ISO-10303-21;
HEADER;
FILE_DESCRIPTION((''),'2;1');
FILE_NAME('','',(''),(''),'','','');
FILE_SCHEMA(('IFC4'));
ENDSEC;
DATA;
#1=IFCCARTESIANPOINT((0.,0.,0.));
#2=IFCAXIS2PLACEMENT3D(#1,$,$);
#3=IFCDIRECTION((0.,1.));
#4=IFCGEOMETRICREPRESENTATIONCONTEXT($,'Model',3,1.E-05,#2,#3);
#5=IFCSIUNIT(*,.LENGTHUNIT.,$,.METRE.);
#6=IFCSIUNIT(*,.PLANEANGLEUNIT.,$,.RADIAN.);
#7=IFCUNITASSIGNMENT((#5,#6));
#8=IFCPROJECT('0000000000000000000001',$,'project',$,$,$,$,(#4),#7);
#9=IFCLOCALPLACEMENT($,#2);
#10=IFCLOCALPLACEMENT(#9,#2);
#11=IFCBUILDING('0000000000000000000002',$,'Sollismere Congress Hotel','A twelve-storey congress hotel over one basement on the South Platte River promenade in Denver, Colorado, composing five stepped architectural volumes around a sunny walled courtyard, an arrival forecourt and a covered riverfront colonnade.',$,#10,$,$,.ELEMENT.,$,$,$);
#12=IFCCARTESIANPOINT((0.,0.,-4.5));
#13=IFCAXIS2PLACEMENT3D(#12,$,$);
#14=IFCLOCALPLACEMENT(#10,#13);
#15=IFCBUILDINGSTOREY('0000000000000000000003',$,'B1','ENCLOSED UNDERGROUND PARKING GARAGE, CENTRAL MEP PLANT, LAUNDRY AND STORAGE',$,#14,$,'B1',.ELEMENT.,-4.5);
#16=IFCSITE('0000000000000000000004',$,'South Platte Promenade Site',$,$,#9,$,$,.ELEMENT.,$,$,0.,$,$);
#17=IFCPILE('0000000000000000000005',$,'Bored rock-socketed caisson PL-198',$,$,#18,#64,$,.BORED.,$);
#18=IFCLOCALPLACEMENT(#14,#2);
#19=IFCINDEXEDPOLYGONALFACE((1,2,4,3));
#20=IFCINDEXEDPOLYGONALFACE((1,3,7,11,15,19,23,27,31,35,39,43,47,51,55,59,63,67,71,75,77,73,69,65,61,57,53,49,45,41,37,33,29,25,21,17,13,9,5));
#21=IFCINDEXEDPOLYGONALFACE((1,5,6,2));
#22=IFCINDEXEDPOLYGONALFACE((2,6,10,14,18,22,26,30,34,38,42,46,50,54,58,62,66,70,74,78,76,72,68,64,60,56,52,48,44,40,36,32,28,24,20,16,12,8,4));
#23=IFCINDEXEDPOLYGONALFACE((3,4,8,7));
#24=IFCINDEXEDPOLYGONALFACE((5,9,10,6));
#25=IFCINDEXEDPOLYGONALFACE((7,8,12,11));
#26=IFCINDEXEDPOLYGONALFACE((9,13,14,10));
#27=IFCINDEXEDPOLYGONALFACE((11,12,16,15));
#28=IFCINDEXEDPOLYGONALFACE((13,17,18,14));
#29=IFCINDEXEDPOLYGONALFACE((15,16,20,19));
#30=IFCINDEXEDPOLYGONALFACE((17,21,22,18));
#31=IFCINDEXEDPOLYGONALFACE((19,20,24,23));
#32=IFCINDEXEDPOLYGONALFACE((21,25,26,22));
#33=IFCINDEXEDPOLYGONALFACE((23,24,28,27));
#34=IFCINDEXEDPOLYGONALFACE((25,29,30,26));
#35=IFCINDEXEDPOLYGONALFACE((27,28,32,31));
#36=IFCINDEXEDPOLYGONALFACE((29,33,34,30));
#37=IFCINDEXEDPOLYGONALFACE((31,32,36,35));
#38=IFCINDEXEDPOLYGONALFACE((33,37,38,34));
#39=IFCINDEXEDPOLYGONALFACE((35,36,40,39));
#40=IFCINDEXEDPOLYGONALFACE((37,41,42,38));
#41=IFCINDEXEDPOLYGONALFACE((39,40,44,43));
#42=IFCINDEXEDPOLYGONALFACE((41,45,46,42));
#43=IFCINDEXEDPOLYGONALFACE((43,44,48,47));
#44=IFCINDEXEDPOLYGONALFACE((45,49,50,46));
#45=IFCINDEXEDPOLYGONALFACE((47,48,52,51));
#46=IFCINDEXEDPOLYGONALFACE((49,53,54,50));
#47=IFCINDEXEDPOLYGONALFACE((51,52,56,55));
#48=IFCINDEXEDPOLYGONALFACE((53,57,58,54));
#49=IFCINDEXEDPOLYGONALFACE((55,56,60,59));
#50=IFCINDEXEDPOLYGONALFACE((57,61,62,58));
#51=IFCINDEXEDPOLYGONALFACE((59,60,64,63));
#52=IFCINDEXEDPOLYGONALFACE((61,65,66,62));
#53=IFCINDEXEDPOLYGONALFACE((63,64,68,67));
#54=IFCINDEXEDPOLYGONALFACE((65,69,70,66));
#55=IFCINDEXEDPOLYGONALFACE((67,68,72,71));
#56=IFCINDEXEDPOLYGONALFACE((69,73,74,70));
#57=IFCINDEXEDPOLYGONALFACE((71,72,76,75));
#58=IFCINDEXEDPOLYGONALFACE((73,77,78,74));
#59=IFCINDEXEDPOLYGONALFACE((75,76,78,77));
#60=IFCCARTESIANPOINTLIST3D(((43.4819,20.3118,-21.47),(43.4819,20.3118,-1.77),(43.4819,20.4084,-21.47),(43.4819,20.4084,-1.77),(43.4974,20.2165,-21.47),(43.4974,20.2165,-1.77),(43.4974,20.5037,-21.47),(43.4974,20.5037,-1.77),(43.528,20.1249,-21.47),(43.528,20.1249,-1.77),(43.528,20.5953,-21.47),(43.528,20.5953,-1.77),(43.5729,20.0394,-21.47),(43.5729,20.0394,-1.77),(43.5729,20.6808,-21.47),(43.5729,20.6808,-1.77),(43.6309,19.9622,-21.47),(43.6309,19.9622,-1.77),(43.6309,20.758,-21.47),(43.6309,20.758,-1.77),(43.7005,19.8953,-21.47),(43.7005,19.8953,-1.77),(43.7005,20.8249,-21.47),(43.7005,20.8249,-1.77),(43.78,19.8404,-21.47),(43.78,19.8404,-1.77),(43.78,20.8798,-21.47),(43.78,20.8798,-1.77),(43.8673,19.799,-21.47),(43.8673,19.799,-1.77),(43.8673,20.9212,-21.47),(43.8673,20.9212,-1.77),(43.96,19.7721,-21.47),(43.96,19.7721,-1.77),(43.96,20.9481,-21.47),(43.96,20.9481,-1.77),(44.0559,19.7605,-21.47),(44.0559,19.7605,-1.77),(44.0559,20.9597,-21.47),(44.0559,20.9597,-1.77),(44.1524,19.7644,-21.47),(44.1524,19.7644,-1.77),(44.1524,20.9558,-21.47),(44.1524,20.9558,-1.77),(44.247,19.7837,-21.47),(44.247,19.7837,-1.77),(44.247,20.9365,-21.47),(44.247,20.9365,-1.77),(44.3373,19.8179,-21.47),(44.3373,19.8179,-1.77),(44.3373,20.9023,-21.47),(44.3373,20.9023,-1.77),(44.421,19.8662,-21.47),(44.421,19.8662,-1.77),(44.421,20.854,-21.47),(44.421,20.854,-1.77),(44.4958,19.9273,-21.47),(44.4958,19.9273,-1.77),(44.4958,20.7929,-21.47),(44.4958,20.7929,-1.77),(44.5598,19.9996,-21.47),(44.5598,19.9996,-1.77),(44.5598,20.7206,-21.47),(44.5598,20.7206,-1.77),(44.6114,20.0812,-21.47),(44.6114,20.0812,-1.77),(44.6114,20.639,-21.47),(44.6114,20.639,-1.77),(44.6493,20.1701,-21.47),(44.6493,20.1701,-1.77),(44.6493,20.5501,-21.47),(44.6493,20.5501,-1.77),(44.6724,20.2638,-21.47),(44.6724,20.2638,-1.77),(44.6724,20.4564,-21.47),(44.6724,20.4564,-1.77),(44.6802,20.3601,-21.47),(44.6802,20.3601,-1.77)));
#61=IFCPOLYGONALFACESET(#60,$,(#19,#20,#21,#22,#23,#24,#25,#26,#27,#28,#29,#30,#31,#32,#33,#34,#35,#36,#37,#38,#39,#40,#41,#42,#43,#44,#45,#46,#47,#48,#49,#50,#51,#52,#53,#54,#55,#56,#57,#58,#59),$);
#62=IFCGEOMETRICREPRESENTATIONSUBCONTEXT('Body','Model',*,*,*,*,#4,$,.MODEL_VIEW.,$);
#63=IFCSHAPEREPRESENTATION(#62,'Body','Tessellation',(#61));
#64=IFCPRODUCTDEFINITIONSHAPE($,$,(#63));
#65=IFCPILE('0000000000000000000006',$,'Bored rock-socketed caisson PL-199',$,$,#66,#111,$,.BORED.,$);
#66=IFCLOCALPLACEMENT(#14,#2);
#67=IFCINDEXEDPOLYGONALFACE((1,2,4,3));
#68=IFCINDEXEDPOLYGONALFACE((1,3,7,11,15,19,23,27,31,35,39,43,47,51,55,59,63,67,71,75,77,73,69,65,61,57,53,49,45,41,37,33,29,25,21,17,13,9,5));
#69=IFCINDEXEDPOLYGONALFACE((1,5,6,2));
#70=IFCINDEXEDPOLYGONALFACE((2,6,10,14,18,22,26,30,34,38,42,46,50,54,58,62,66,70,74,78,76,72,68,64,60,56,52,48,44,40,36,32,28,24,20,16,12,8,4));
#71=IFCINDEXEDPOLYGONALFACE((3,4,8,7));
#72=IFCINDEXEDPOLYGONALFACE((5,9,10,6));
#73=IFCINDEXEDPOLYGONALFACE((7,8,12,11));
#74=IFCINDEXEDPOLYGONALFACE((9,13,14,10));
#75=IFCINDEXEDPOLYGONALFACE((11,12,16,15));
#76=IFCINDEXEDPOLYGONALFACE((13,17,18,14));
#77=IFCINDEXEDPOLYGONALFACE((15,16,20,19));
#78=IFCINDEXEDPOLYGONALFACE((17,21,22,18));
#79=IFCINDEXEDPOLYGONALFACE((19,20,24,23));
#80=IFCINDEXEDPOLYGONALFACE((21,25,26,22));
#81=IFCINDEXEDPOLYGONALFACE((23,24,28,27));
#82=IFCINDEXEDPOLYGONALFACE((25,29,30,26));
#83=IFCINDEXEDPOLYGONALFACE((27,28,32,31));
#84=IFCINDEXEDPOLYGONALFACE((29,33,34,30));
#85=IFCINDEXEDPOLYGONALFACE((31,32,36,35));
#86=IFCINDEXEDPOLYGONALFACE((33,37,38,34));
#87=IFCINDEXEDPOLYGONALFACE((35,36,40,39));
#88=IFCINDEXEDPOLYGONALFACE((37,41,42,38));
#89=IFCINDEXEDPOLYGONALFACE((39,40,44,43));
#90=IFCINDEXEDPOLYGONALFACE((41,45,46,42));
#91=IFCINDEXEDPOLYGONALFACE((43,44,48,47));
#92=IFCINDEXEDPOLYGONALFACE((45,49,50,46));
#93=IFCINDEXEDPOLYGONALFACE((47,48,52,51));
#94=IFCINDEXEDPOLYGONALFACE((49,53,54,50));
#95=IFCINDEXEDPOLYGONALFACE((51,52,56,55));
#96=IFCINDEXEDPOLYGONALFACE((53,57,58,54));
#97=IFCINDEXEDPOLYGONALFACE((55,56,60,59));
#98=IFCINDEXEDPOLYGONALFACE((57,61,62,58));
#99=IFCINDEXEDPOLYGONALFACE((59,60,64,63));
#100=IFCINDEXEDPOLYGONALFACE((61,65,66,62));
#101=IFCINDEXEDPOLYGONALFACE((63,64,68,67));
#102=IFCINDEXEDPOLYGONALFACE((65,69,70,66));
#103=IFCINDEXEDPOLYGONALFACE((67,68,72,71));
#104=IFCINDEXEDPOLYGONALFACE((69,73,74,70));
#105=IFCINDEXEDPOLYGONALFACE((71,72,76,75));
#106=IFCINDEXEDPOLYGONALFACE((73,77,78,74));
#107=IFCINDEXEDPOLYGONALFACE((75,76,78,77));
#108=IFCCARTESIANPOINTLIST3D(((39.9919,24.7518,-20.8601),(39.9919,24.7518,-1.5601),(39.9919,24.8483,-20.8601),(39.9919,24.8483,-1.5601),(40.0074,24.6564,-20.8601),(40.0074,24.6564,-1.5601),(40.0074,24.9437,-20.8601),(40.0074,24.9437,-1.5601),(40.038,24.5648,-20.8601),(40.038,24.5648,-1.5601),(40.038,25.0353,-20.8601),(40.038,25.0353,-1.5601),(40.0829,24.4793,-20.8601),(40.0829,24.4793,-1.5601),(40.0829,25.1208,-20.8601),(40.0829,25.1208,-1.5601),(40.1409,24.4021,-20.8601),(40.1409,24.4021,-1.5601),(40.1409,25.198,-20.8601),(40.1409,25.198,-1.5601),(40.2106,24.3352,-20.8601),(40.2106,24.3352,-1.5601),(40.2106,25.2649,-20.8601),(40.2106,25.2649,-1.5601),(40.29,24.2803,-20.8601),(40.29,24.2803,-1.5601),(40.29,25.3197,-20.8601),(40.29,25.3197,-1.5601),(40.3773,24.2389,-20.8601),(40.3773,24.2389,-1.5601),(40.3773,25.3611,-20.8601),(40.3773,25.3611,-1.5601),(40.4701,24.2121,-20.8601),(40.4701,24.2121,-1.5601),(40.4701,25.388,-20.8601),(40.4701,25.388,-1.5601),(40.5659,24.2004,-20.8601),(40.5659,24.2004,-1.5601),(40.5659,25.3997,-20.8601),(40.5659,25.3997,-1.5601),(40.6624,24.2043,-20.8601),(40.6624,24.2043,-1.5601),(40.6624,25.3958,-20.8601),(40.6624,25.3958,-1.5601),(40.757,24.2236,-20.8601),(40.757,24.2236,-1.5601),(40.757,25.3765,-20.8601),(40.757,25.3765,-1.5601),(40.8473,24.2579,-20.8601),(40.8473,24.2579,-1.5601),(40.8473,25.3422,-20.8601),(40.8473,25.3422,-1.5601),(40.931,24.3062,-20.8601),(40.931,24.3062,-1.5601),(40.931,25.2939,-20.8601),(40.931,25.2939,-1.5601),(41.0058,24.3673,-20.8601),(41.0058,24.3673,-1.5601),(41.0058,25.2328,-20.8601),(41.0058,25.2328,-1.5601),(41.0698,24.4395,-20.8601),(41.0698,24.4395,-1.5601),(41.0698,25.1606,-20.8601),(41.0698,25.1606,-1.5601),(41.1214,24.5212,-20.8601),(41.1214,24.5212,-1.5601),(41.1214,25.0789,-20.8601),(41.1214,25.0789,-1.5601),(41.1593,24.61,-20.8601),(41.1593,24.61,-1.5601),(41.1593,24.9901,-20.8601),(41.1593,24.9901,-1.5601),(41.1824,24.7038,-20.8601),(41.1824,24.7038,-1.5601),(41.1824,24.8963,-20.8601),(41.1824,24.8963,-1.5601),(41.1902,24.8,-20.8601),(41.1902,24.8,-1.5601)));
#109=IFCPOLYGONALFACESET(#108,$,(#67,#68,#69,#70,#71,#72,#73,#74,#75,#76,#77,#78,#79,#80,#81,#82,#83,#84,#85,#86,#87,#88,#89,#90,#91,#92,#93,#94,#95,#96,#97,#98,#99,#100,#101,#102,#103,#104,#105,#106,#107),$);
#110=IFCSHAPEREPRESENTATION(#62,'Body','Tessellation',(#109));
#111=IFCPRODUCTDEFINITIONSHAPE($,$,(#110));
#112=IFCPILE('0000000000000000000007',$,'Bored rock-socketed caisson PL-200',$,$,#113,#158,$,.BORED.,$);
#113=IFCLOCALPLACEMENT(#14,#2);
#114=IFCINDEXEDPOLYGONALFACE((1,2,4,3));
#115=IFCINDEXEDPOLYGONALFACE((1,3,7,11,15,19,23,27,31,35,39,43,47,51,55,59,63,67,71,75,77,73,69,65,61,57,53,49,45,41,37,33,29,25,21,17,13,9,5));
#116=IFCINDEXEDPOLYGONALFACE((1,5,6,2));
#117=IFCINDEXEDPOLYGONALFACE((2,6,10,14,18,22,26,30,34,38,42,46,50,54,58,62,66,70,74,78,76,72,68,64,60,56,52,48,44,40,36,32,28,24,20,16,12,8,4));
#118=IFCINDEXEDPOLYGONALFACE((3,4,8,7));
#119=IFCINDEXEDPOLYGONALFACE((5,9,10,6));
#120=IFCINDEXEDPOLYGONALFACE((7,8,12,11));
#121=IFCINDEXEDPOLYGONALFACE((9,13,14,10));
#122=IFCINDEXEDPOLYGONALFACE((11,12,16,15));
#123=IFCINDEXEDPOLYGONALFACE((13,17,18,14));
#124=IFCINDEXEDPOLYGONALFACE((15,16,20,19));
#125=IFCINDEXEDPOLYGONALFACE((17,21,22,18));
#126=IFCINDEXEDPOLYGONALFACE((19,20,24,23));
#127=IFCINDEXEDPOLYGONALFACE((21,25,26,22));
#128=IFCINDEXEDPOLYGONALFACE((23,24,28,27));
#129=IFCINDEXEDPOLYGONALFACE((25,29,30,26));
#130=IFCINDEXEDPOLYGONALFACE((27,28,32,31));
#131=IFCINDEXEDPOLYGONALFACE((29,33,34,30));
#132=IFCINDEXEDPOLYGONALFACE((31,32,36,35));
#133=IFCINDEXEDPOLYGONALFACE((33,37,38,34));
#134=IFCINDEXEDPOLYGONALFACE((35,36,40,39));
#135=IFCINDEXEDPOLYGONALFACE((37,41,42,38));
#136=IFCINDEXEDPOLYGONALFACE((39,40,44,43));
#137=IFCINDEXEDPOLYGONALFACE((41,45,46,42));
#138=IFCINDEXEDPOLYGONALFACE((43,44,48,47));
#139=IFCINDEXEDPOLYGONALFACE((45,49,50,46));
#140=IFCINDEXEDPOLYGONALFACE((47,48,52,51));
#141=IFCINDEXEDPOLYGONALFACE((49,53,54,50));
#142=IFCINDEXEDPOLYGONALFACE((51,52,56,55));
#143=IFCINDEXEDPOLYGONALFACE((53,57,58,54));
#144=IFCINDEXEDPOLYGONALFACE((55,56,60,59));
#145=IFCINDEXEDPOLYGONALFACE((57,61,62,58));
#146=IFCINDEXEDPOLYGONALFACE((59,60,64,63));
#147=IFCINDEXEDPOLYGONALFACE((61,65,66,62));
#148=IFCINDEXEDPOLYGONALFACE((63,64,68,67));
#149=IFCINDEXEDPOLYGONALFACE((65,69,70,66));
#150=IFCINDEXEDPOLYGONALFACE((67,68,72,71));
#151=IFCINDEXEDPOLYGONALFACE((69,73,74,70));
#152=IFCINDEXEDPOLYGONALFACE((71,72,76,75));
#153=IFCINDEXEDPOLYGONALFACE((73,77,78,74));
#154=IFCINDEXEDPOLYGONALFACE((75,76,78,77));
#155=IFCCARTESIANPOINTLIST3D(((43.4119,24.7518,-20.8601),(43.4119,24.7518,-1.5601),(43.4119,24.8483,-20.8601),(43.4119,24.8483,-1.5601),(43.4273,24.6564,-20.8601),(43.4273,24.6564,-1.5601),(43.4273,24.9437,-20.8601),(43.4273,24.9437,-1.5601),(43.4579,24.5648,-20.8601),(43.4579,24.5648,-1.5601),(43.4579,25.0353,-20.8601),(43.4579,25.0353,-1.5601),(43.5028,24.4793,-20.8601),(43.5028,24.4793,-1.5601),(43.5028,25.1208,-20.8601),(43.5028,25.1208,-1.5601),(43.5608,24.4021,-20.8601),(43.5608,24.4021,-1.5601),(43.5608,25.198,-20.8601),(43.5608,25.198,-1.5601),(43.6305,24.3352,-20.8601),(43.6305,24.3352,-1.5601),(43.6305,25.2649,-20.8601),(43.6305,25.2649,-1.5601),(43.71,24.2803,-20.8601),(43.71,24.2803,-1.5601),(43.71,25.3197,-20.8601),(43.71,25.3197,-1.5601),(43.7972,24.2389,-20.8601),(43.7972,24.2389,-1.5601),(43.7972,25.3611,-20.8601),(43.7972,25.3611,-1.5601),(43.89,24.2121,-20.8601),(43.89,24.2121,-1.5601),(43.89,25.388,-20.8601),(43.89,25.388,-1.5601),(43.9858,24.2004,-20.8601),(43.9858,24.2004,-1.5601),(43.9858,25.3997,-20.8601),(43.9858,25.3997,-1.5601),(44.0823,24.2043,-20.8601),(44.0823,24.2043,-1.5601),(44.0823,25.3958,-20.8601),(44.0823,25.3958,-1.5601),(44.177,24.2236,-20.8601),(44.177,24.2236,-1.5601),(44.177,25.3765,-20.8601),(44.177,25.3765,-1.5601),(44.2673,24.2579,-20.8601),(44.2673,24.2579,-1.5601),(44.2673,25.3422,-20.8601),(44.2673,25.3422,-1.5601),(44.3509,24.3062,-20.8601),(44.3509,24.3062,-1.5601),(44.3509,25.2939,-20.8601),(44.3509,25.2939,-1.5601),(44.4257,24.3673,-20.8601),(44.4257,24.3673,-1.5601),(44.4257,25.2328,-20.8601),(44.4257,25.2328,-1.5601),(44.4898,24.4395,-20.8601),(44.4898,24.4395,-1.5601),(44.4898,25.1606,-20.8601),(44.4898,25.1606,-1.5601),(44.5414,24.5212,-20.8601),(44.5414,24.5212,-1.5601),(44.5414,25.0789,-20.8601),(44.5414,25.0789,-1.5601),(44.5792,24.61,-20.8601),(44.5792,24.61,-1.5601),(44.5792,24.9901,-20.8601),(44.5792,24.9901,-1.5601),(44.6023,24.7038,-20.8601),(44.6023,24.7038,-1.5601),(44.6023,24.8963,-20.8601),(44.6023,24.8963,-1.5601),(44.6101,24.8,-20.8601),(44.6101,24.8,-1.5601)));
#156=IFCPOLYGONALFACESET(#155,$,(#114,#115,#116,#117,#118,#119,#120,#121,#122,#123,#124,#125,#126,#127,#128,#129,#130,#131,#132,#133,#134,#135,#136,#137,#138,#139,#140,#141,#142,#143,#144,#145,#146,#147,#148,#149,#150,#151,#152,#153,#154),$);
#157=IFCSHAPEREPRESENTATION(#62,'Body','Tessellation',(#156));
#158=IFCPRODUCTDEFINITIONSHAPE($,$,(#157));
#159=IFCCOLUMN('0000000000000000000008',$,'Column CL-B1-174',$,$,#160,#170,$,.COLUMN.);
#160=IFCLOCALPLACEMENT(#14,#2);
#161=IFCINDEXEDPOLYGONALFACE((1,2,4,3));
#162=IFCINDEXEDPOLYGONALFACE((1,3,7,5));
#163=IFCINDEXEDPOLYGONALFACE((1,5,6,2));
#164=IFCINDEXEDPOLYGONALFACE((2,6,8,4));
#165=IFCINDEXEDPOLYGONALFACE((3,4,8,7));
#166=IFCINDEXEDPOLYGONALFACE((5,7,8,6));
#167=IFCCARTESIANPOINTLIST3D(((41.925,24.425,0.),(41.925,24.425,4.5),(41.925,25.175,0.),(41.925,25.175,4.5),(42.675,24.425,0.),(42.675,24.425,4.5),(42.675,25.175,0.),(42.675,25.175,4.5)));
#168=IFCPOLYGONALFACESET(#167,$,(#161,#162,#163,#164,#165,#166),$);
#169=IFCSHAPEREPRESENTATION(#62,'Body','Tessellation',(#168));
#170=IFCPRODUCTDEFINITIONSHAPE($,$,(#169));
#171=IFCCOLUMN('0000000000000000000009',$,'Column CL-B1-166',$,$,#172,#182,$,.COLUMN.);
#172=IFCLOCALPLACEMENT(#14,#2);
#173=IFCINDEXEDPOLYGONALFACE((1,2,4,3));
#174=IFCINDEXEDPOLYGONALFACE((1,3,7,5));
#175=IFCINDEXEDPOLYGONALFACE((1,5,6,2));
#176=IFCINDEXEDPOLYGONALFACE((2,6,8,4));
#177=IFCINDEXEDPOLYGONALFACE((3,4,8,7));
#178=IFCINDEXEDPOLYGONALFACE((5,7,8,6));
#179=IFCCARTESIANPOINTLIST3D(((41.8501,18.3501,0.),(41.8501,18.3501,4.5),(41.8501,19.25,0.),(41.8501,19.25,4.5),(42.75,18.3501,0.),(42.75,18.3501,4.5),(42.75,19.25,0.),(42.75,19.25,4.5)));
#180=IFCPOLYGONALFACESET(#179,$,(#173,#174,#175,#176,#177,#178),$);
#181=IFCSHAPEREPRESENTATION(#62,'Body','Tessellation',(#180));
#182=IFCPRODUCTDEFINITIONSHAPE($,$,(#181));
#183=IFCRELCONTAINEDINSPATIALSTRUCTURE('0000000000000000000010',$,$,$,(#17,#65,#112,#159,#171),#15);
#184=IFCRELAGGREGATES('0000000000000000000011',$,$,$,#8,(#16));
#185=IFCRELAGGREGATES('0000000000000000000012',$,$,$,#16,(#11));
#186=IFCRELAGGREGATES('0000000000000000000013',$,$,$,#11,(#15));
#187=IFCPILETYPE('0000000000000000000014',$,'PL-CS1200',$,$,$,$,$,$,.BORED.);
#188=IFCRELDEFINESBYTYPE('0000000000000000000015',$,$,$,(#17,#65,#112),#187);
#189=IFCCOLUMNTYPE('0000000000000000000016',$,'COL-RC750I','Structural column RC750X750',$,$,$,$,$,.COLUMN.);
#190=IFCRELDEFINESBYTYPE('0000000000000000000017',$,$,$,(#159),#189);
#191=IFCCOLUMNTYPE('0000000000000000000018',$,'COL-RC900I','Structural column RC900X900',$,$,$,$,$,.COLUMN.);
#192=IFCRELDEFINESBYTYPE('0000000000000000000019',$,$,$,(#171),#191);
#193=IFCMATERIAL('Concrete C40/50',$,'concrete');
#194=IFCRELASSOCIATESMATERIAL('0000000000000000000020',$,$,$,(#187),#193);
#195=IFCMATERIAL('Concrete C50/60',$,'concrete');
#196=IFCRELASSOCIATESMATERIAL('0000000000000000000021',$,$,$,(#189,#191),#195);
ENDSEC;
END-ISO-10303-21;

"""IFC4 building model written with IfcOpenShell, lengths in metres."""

from ifc_helpers import new_model, si_unit, direction, frame, origin, origin_2d, place, context, subcontext, project, spatial, rectangle, circle, extrude, material, material_profile, profile_set, type_object, element, save


model = new_model("IFC4")

# Units and contexts
model_context = context("Model", 3, precision=1e-05, world=origin(), true_north=direction((0.0, 1.0)))
body_context = subcontext(model_context, "Body", "Model", "MODEL_VIEW")
ifc_project = project(units=[si_unit("LENGTHUNIT", "METRE"), si_unit("PLANEANGLEUNIT", "RADIAN")], contexts=[model_context])

# Site, building, storey
site_placement = place(None, origin())
site = spatial("IfcSite", under=ifc_project, at=site_placement, Name="South Platte Promenade Site", CompositionType="ELEMENT", RefElevation=0.0)
building_placement = place(site_placement, origin())
building = spatial("IfcBuilding", under=site, at=building_placement, Name="Sollismere Congress Hotel", Description="A twelve-storey congress hotel over one basement on the South Platte River promenade in Denver, Colorado, composing five stepped architectural volumes around a sunny walled courtyard, an arrival forecourt and a covered riverfront colonnade.", CompositionType="ELEMENT")
storey_placement = place(building_placement, frame((0.0, 0.0, -4.5)))
storey = spatial("IfcBuildingStorey", under=building, at=storey_placement, Name="B1", Description="ENCLOSED UNDERGROUND PARKING GARAGE, CENTRAL MEP PLANT, LAUNDRY AND STORAGE", LongName="B1", CompositionType="ELEMENT", Elevation=-4.5)

# Shared definitions
ifc_material_1 = material(Name="Concrete C40/50", Category="concrete")

# Piles
ifc_material_profile_1 = material_profile(ifc_material_1, circle(Radius=0.6001, at=origin_2d()), Name="CAISSON1200")
ifc_profile_set_1 = profile_set([ifc_material_profile_1], Name="Concrete C40/50")
pile_type = type_object("IfcPileType", Name="PL-CS1200", PredefinedType="BORED", material=ifc_profile_set_1)
for number, where, z_axis, x_axis, name in (
    (1, (44.0801, 20.3601, -1.77), (0.0, 0.0, -1.0), (1.0, 0.0, 0.0), "Bored rock-socketed caisson PL-198"),
):
    element("IfcPile", number, at=place(storey_placement, frame(where, z_axis=z_axis, x_axis=x_axis)), inside=storey, type_object=pile_type, Name=name, PredefinedType="BORED", context=body_context, shape_type="SweptSolid", body=[
        extrude(circle(Radius=0.6001, at=origin_2d()), origin(), (0.0, 0.0, 1.0), 19.7),
    ])
for number, where, z_axis, x_axis, name in (
    (2, (40.5901, 24.8, -1.5601), (0.0, 0.0, -1.0), (1.0, 0.0, 0.0), "Bored rock-socketed caisson PL-199"),
    (3, (44.01, 24.8, -1.5601), (0.0, 0.0, -1.0), (1.0, 0.0, 0.0), "Bored rock-socketed caisson PL-200"),
):
    element("IfcPile", number, at=place(storey_placement, frame(where, z_axis=z_axis, x_axis=x_axis)), inside=storey, type_object=pile_type, Name=name, PredefinedType="BORED", context=body_context, shape_type="SweptSolid", body=[
        extrude(circle(Radius=0.6001, at=origin_2d()), origin(), (0.0, 0.0, 1.0), 19.3),
    ])

# Columns
ifc_material_2 = material(Name="Concrete C50/60", Category="concrete")
ifc_material_profile_2 = material_profile(ifc_material_2, rectangle(XDim=0.75, YDim=0.75, at=origin_2d()), Name="RC750X750")
ifc_profile_set_2 = profile_set([ifc_material_profile_2], Name="Concrete C50/60")
column_type_1 = type_object("IfcColumnType", Name="COL-RC750I", Description="Structural column RC750X750", PredefinedType="COLUMN", material=ifc_profile_set_2)
column_1_placement = place(storey_placement, frame((42.3, 24.8, 0.0), z_axis=(0.0, 0.0, 1.0), x_axis=(0.0, 1.0, 0.0)))
element("IfcColumn", 4, at=column_1_placement, inside=storey, type_object=column_type_1, Name="Column CL-B1-174", PredefinedType="COLUMN", context=body_context, shape_type="SweptSolid", body=[
    extrude(rectangle(XDim=0.75, YDim=0.75, at=origin_2d()), origin(), (0.0, 0.0, 1.0), 4.5),
])
ifc_material_profile_3 = material_profile(ifc_material_2, rectangle(XDim=0.8999, YDim=0.8999, at=origin_2d()), Name="RC900X900")
ifc_profile_set_3 = profile_set([ifc_material_profile_3], Name="Concrete C50/60")
column_type_2 = type_object("IfcColumnType", Name="COL-RC900I", Description="Structural column RC900X900", PredefinedType="COLUMN", material=ifc_profile_set_3)
column_2_placement = place(storey_placement, frame((42.3, 18.8, 0.0), z_axis=(0.0, 0.0, 1.0), x_axis=(0.0, 1.0, 0.0)))
element("IfcColumn", 5, at=column_2_placement, inside=storey, type_object=column_type_2, Name="Column CL-B1-166", PredefinedType="COLUMN", context=body_context, shape_type="SweptSolid", body=[
    extrude(rectangle(XDim=0.8999, YDim=0.8999, at=origin_2d()), origin(), (0.0, 0.0, 1.0), 4.5),
])

save(model, "model.ifc")
